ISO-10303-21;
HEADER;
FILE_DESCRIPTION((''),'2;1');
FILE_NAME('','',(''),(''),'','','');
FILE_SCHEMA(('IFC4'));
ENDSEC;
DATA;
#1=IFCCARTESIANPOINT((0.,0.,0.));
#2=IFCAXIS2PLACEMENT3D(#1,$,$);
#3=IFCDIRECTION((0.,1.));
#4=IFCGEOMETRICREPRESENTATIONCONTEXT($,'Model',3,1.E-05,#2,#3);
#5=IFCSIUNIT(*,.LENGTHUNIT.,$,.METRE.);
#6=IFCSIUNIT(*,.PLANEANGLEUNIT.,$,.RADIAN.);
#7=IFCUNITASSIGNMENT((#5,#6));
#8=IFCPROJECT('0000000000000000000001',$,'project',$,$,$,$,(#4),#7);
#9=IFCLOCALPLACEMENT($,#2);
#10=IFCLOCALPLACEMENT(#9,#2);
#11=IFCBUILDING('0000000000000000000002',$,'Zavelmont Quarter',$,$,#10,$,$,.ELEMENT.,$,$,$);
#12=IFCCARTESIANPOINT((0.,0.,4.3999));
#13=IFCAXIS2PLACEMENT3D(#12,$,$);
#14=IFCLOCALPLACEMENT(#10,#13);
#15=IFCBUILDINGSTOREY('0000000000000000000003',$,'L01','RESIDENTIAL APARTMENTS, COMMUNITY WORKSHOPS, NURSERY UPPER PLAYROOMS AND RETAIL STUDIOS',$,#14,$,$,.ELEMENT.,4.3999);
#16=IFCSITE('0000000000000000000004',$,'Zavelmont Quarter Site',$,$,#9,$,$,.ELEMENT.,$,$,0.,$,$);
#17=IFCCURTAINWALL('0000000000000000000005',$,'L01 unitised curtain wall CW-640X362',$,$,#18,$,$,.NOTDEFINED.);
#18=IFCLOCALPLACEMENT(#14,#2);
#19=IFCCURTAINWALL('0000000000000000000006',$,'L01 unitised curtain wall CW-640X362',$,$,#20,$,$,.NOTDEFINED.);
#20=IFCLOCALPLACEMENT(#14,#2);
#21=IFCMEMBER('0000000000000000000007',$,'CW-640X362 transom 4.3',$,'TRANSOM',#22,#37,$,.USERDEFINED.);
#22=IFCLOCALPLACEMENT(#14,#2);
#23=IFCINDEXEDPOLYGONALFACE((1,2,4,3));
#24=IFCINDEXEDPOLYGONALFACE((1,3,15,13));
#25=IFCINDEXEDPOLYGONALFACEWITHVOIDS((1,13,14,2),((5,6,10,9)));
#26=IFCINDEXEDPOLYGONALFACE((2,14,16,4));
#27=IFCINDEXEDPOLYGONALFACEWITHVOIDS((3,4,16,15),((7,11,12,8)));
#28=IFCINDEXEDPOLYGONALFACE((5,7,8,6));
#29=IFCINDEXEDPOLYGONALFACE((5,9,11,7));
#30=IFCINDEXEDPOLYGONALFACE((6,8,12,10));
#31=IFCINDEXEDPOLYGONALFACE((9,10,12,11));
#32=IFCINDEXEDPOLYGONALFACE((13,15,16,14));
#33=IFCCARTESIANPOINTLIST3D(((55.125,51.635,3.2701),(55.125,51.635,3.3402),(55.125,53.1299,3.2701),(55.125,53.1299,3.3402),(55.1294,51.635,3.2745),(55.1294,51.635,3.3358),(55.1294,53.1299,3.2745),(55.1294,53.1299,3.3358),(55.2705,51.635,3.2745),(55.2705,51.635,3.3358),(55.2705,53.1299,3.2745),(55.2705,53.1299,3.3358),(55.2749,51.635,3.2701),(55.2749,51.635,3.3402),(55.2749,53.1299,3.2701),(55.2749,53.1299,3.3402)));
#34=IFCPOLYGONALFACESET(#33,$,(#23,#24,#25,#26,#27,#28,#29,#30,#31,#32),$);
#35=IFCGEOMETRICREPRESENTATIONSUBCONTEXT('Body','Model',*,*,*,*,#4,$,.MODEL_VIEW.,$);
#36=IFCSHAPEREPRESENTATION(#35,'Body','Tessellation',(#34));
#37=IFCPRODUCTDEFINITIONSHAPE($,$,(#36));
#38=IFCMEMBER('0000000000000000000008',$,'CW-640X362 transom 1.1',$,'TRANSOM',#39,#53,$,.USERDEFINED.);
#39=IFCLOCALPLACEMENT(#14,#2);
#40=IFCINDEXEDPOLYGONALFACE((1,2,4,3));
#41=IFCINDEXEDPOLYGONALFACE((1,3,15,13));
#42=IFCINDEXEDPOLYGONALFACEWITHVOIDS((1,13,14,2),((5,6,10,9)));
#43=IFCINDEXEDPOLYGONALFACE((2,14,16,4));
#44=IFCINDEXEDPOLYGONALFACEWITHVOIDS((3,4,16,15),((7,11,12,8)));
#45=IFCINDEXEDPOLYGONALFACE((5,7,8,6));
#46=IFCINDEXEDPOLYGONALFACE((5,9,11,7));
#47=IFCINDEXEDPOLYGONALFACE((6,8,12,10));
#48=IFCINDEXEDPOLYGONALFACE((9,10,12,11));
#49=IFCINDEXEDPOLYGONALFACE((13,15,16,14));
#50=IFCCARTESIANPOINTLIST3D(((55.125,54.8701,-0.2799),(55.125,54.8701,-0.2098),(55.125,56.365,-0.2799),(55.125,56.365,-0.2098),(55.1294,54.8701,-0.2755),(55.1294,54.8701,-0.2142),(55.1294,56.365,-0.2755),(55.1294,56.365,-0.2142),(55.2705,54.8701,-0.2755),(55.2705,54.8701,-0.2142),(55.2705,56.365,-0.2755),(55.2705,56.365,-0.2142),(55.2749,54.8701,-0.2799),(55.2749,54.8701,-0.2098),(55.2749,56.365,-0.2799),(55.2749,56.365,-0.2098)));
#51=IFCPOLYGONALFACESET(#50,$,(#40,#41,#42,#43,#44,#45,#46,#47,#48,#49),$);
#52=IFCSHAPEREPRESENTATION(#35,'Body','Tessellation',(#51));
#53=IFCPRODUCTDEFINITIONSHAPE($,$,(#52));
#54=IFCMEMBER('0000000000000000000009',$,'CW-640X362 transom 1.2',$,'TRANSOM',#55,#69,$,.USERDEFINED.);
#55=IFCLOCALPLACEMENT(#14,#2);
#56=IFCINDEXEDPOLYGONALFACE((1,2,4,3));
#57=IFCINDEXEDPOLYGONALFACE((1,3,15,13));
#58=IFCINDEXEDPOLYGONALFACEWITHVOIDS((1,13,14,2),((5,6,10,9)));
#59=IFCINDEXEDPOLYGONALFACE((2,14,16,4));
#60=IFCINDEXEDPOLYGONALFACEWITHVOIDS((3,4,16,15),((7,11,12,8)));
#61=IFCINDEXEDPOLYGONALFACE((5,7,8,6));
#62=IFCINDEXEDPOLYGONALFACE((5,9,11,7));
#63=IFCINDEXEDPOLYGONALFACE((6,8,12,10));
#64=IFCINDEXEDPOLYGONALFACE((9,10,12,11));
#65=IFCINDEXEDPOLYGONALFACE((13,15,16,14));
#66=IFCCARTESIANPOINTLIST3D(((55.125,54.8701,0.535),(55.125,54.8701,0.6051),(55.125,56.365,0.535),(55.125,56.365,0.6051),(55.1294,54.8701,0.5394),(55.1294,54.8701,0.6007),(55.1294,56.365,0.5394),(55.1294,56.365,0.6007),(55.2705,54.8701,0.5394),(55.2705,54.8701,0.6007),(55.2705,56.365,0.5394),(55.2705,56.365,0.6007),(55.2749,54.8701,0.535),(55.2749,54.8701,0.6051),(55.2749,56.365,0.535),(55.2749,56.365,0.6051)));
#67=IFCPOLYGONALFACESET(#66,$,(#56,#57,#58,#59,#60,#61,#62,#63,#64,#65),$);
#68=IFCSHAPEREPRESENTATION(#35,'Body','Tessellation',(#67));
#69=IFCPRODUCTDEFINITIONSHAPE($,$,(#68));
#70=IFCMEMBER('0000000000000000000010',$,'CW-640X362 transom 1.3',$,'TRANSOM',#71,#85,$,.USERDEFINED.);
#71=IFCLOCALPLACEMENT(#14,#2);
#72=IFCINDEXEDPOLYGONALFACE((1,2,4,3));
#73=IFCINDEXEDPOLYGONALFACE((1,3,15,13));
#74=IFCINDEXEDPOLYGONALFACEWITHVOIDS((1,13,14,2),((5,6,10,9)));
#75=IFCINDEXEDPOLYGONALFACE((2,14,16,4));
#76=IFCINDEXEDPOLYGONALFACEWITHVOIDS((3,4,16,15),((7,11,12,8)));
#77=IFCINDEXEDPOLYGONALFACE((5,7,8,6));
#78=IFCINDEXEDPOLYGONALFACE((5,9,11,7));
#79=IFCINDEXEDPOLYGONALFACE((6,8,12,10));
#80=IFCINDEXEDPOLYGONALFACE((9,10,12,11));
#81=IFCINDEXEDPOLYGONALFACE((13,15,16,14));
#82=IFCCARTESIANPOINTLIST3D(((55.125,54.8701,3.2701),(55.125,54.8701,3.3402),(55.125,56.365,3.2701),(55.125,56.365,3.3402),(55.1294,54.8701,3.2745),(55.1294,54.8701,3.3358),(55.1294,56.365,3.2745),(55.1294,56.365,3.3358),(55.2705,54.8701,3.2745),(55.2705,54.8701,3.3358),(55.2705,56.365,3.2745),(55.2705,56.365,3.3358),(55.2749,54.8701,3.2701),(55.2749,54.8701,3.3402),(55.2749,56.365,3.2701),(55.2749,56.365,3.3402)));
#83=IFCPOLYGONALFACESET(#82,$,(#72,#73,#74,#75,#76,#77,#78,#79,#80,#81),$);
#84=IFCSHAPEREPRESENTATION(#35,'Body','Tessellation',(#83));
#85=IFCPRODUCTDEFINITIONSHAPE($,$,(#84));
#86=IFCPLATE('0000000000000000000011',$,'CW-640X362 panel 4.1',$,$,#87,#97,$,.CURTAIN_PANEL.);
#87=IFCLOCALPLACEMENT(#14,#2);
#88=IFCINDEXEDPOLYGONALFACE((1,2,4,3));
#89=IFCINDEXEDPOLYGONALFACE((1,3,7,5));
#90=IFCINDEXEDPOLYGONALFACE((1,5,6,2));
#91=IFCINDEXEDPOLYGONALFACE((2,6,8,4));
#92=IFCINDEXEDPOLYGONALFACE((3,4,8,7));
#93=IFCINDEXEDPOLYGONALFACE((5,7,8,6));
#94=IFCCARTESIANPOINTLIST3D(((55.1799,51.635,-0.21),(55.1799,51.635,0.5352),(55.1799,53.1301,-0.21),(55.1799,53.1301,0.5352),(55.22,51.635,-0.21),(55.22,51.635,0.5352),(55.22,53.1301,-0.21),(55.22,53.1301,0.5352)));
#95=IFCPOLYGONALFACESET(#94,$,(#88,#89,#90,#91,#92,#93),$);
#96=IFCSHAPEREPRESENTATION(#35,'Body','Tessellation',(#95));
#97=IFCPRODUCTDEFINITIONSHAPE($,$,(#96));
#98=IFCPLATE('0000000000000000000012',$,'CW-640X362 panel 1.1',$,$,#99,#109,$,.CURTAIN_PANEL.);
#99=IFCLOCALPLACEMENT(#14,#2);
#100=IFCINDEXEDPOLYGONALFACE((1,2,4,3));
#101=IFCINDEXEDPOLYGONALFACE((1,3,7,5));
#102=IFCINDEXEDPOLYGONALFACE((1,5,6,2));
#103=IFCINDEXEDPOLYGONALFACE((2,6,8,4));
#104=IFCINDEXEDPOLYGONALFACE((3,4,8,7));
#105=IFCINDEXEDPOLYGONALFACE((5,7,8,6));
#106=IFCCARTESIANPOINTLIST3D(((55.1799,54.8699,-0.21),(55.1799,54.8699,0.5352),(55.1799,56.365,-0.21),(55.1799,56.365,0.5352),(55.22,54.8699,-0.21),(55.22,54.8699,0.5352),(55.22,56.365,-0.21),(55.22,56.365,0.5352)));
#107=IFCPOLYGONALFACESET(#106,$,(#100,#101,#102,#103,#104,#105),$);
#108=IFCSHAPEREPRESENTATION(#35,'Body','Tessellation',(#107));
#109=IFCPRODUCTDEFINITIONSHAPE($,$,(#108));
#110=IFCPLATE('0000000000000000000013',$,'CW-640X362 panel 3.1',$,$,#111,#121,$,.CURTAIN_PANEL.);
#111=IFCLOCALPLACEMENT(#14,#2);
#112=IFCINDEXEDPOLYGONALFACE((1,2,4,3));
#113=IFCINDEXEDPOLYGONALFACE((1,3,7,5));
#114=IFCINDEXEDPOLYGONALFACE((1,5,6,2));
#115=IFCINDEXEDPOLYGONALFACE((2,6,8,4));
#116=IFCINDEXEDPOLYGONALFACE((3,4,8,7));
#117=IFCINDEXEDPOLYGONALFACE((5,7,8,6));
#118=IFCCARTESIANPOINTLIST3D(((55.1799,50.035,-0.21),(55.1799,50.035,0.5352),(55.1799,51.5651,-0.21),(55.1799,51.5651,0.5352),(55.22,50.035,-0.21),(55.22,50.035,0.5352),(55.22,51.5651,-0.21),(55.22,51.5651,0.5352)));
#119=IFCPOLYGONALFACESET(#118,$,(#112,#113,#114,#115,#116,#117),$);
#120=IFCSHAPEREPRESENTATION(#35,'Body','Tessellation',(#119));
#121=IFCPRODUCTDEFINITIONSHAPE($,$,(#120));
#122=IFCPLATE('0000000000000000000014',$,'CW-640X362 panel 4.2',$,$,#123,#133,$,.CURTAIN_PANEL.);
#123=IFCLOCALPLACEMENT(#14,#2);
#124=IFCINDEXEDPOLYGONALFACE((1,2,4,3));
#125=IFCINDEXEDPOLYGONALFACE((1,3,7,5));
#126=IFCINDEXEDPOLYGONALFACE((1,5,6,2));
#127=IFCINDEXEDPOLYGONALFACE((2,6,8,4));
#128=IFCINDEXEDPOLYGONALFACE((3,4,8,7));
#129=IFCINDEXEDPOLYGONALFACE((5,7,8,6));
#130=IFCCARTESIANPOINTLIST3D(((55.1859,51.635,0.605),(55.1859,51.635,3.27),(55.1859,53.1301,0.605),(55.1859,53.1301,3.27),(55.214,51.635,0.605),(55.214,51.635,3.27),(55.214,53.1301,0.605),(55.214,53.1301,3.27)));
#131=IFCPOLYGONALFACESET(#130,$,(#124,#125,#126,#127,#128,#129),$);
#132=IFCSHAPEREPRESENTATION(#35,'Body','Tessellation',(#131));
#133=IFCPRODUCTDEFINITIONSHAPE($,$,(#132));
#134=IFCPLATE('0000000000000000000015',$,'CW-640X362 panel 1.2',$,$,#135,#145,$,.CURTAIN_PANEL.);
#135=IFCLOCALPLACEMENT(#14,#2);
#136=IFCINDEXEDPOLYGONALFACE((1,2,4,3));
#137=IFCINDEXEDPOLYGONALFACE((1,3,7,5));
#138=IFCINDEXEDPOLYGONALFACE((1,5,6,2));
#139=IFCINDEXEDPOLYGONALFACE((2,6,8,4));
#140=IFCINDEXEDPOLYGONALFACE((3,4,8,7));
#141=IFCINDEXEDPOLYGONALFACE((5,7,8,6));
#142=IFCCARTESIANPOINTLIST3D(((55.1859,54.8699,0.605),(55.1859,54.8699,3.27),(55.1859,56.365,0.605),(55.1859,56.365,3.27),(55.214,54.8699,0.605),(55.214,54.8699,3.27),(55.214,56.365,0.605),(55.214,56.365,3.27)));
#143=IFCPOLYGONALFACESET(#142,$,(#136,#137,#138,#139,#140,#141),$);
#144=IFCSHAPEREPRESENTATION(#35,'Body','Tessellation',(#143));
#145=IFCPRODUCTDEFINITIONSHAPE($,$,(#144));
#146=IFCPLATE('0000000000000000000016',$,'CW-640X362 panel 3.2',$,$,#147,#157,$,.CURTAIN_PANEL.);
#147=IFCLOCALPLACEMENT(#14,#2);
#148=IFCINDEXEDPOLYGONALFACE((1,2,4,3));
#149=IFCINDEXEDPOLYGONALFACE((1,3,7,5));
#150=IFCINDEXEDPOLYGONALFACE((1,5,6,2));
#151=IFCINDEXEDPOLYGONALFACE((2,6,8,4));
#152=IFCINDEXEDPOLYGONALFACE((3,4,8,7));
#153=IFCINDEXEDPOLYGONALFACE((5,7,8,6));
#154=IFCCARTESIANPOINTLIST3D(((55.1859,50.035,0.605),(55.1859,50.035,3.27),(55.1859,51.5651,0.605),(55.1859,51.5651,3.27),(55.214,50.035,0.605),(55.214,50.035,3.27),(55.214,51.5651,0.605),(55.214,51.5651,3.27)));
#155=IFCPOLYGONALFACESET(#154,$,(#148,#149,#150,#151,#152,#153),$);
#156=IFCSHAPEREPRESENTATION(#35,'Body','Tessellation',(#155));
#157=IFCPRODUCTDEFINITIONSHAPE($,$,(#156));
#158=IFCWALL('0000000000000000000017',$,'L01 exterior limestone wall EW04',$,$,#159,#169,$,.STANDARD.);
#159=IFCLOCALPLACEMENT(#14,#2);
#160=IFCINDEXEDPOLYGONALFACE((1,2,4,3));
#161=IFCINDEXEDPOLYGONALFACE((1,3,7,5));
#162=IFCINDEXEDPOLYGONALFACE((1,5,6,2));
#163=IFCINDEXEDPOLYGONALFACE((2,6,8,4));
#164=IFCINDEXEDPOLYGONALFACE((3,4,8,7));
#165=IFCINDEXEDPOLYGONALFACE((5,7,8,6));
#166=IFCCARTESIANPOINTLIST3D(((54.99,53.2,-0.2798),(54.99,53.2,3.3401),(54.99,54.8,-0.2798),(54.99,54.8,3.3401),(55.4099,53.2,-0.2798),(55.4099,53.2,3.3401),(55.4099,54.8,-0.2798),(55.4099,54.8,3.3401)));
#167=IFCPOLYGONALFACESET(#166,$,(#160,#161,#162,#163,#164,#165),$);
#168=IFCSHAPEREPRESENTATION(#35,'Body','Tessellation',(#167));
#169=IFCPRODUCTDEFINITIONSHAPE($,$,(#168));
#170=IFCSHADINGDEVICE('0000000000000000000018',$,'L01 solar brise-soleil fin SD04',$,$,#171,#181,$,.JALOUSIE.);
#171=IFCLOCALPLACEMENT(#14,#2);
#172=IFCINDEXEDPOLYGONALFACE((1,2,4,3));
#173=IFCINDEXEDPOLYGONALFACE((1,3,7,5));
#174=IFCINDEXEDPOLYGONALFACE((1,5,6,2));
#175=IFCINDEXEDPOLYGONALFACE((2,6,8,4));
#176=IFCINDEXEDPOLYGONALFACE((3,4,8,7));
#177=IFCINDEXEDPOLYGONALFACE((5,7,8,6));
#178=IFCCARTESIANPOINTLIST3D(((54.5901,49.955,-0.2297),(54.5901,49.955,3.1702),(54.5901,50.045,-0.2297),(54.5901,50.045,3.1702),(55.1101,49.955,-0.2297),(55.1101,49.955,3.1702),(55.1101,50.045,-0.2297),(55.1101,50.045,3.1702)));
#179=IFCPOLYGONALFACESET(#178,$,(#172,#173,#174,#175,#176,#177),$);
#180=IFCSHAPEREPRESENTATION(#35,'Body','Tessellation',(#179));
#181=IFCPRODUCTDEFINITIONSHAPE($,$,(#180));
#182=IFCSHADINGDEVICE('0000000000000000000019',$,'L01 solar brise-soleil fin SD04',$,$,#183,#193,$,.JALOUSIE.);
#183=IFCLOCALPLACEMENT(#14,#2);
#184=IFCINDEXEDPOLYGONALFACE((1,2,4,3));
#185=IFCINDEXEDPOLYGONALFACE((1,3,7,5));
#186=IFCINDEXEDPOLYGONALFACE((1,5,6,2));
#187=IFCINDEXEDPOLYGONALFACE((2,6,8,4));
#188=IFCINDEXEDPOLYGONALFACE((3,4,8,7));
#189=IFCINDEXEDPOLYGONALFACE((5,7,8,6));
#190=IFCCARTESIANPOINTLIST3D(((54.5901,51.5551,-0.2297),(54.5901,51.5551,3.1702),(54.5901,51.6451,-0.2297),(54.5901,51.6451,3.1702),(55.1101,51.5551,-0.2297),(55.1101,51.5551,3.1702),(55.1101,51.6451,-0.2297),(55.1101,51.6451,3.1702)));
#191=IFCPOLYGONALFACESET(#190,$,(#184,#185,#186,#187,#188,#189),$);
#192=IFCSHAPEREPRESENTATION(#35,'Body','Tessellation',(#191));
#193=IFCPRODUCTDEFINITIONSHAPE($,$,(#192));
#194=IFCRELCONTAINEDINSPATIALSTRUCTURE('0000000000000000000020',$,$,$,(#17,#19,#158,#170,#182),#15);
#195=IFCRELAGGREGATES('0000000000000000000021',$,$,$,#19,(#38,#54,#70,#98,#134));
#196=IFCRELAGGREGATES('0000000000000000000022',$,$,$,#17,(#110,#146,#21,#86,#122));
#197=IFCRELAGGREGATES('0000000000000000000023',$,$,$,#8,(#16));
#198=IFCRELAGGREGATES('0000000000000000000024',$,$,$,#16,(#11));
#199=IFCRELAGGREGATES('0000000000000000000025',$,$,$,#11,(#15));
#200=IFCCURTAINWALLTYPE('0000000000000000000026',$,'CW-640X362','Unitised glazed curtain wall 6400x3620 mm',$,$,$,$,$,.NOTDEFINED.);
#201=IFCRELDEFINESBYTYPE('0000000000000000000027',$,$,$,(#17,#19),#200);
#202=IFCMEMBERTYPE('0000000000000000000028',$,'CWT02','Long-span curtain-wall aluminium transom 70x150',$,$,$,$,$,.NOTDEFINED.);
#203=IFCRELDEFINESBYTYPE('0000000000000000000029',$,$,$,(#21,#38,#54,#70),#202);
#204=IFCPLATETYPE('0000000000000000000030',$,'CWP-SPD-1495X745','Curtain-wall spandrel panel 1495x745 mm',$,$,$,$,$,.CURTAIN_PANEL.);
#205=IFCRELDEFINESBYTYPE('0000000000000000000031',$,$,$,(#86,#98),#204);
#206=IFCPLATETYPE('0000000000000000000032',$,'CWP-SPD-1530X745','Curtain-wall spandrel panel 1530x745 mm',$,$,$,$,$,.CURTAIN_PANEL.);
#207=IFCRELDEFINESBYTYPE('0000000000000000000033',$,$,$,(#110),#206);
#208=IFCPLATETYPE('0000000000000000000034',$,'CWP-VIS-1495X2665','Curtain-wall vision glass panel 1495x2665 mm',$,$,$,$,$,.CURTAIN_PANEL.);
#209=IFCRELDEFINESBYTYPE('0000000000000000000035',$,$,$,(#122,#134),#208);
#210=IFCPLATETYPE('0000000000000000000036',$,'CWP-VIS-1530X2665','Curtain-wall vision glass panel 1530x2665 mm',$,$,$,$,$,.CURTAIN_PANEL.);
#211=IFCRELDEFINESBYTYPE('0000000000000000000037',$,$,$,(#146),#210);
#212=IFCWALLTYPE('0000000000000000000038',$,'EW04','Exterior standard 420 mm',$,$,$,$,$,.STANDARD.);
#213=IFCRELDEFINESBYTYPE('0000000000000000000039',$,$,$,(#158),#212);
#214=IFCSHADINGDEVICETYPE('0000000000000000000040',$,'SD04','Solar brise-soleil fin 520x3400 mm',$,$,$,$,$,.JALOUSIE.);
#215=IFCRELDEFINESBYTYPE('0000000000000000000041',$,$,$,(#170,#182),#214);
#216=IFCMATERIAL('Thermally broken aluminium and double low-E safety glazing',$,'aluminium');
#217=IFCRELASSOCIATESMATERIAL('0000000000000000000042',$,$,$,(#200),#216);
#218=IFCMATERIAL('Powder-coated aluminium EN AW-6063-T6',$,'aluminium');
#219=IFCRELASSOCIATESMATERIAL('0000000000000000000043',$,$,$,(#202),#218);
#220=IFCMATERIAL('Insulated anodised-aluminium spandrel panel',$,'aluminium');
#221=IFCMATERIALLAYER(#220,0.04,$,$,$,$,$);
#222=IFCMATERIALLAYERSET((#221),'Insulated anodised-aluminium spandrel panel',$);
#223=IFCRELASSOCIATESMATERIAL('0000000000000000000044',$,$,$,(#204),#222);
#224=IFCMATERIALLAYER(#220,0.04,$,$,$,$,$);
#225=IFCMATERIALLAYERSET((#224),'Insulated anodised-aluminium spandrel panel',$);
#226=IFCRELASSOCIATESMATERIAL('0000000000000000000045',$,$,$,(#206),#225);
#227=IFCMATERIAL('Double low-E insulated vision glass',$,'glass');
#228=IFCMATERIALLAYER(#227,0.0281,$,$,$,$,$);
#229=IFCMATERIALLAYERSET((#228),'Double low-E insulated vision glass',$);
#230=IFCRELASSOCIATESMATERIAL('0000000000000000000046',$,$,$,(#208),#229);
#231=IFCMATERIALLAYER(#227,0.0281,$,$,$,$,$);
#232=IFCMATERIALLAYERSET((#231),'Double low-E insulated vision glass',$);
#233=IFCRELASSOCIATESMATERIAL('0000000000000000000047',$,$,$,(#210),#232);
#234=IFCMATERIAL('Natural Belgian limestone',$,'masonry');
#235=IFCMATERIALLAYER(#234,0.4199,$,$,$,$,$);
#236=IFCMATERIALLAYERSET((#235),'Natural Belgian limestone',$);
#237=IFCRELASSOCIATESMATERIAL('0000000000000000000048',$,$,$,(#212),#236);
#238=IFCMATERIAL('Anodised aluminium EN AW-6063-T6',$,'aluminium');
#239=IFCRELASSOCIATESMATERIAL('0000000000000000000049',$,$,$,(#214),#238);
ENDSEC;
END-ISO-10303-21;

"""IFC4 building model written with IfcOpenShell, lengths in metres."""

from ifc_helpers import new_model, si_unit, direction, frame, frame_2d, origin, origin_2d, place, context, subcontext, project, spatial, rectangle, hollow_rectangle, extrude, material, layer, layer_set, material_profile, profile_set, type_object, element, aggregate, save


model = new_model("IFC4")

# Units and contexts
model_context = context("Model", 3, precision=1e-05, world=origin(), true_north=direction((0.0, 1.0)))
body_context = subcontext(model_context, "Body", "Model", "MODEL_VIEW")
ifc_project = project(units=[si_unit("LENGTHUNIT", "METRE"), si_unit("PLANEANGLEUNIT", "RADIAN")], contexts=[model_context])

# Site, building, storey
site_placement = place(None, origin())
site = spatial("IfcSite", under=ifc_project, at=site_placement, Name="Zavelmont Quarter Site", CompositionType="ELEMENT", RefElevation=0.0)
building_placement = place(site_placement, origin())
building = spatial("IfcBuilding", under=site, at=building_placement, Name="Zavelmont Quarter", CompositionType="ELEMENT")
storey_placement = place(building_placement, frame((0.0, 0.0, 4.3999)))
storey = spatial("IfcBuildingStorey", under=building, at=storey_placement, Name="L01", Description="RESIDENTIAL APARTMENTS, COMMUNITY WORKSHOPS, NURSERY UPPER PLAYROOMS AND RETAIL STUDIOS", CompositionType="ELEMENT", Elevation=4.3999)

# Curtain wall
ifc_material_1 = material(Name="Thermally broken aluminium and double low-E safety glazing", Category="aluminium")
curtain_wall_type = type_object("IfcCurtainWallType", Name="CW-640X362", Description="Unitised glazed curtain wall 6400x3620 mm", PredefinedType="NOTDEFINED", material=ifc_material_1)
curtain_wall_1_placement = place(storey_placement, origin())
curtain_wall_1 = element("IfcCurtainWall", 1, at=curtain_wall_1_placement, inside=storey, type_object=curtain_wall_type, Name="L01 unitised curtain wall CW-640X362", PredefinedType="NOTDEFINED")
ifc_material_2 = material(Name="Powder-coated aluminium EN AW-6063-T6", Category="aluminium")

# Curtain wall
curtain_wall_2_placement = place(storey_placement, origin())
curtain_wall_2 = element("IfcCurtainWall", 2, at=curtain_wall_2_placement, inside=storey, type_object=curtain_wall_type, Name="L01 unitised curtain wall CW-640X362", PredefinedType="NOTDEFINED")

# Members
ifc_material_profile_1 = material_profile(ifc_material_2, hollow_rectangle(XDim=0.1499, YDim=0.0701, WallThickness=0.0044, at=origin_2d()), Name="CWT70X150")
ifc_profile_set_1 = profile_set([ifc_material_profile_1], Name="Powder-coated aluminium EN AW-6063-T6")
member_type_1 = type_object("IfcMemberType", Name="CWT02", Description="Long-span curtain-wall aluminium transom 70x150", PredefinedType="NOTDEFINED", material=ifc_profile_set_1)
member_1_placement = place(storey_placement, frame((55.2, 51.635, 3.3052), z_axis=(0.0, 1.0, 0.0), x_axis=(-1.0, 0.0, 0.0)))
member_1 = element("IfcMember", 3, at=member_1_placement, type_object=member_type_1, Name="CW-640X362 transom 4.3", ObjectType="TRANSOM", PredefinedType="USERDEFINED", context=body_context, shape_type="SweptSolid", body=[
    extrude(hollow_rectangle(XDim=0.1499, YDim=0.0701, WallThickness=0.0044, at=origin_2d()), origin(), (0.0, 0.0, 1.0), 1.4949),
])
member_2_placement = place(storey_placement, frame((55.2, 54.8701, -0.2449), z_axis=(0.0, 1.0, 0.0), x_axis=(-1.0, 0.0, 0.0)))
member_2 = element("IfcMember", 4, at=member_2_placement, type_object=member_type_1, Name="CW-640X362 transom 1.1", ObjectType="TRANSOM", PredefinedType="USERDEFINED", context=body_context, shape_type="SweptSolid", body=[
    extrude(hollow_rectangle(XDim=0.1499, YDim=0.0701, WallThickness=0.0044, at=origin_2d()), origin(), (0.0, 0.0, 1.0), 1.4949),
])
member_3_placement = place(storey_placement, frame((55.2, 54.8701, 0.5701), z_axis=(0.0, 1.0, 0.0), x_axis=(-1.0, 0.0, 0.0)))
member_3 = element("IfcMember", 5, at=member_3_placement, type_object=member_type_1, Name="CW-640X362 transom 1.2", ObjectType="TRANSOM", PredefinedType="USERDEFINED", context=body_context, shape_type="SweptSolid", body=[
    extrude(hollow_rectangle(XDim=0.1499, YDim=0.0701, WallThickness=0.0044, at=origin_2d()), origin(), (0.0, 0.0, 1.0), 1.4949),
])
member_4_placement = place(storey_placement, frame((55.2, 54.8701, 3.3052), z_axis=(0.0, 1.0, 0.0), x_axis=(-1.0, 0.0, 0.0)))
member_4 = element("IfcMember", 6, at=member_4_placement, type_object=member_type_1, Name="CW-640X362 transom 1.3", ObjectType="TRANSOM", PredefinedType="USERDEFINED", context=body_context, shape_type="SweptSolid", body=[
    extrude(hollow_rectangle(XDim=0.1499, YDim=0.0701, WallThickness=0.0044, at=origin_2d()), origin(), (0.0, 0.0, 1.0), 1.4949),
])

# Plates
ifc_material_3 = material(Name="Insulated anodised-aluminium spandrel panel", Category="aluminium")
ifc_layer_1 = layer(ifc_material_3, 0.04)
ifc_layer_set_1 = layer_set([ifc_layer_1], Name="Insulated anodised-aluminium spandrel panel")
plate_type_1 = type_object("IfcPlateType", Name="CWP-SPD-1495X745", Description="Curtain-wall spandrel panel 1495x745 mm", PredefinedType="CURTAIN_PANEL", material=ifc_layer_set_1)
plate_1_placement = place(storey_placement, frame((55.2, 52.3826, -0.21), z_axis=(0.0, 0.0, 1.0), x_axis=(0.0, 1.0, 0.0)))
plate_1 = element("IfcPlate", 7, at=plate_1_placement, type_object=plate_type_1, Name="CW-640X362 panel 4.1", PredefinedType="CURTAIN_PANEL", context=body_context, shape_type="SweptSolid", body=[
    extrude(rectangle(XDim=1.4951, YDim=0.04, at=origin_2d()), origin(), (0.0, 0.0, 1.0), 0.7451),
])
plate_2_placement = place(storey_placement, frame((55.2, 55.6174, -0.21), z_axis=(0.0, 0.0, 1.0), x_axis=(0.0, 1.0, 0.0)))
plate_2 = element("IfcPlate", 8, at=plate_2_placement, type_object=plate_type_1, Name="CW-640X362 panel 1.1", PredefinedType="CURTAIN_PANEL", context=body_context, shape_type="SweptSolid", body=[
    extrude(rectangle(XDim=1.4951, YDim=0.04, at=origin_2d()), origin(), (0.0, 0.0, 1.0), 0.7451),
])
ifc_layer_2 = layer(ifc_material_3, 0.04)
ifc_layer_set_2 = layer_set([ifc_layer_2], Name="Insulated anodised-aluminium spandrel panel")
plate_type_2 = type_object("IfcPlateType", Name="CWP-SPD-1530X745", Description="Curtain-wall spandrel panel 1530x745 mm", PredefinedType="CURTAIN_PANEL", material=ifc_layer_set_2)
plate_3_placement = place(storey_placement, frame((55.2, 50.8, -0.21), z_axis=(0.0, 0.0, 1.0), x_axis=(0.0, 1.0, 0.0)))
plate_3 = element("IfcPlate", 9, at=plate_3_placement, type_object=plate_type_2, Name="CW-640X362 panel 3.1", PredefinedType="CURTAIN_PANEL", context=body_context, shape_type="SweptSolid", body=[
    extrude(rectangle(XDim=1.53, YDim=0.04, at=origin_2d()), origin(), (0.0, 0.0, 1.0), 0.7451),
])
ifc_material_4 = material(Name="Double low-E insulated vision glass", Category="glass")
ifc_layer_3 = layer(ifc_material_4, 0.0281)
ifc_layer_set_3 = layer_set([ifc_layer_3], Name="Double low-E insulated vision glass")
plate_type_3 = type_object("IfcPlateType", Name="CWP-VIS-1495X2665", Description="Curtain-wall vision glass panel 1495x2665 mm", PredefinedType="CURTAIN_PANEL", material=ifc_layer_set_3)
plate_4_placement = place(storey_placement, frame((55.2, 52.3826, 0.605), z_axis=(0.0, 0.0, 1.0), x_axis=(0.0, 1.0, 0.0)))
plate_4 = element("IfcPlate", 10, at=plate_4_placement, type_object=plate_type_3, Name="CW-640X362 panel 4.2", PredefinedType="CURTAIN_PANEL", context=body_context, shape_type="SweptSolid", body=[
    extrude(rectangle(XDim=1.4951, YDim=0.0281, at=origin_2d()), origin(), (0.0, 0.0, 1.0), 2.665),
])
plate_5_placement = place(storey_placement, frame((55.2, 55.6174, 0.605), z_axis=(0.0, 0.0, 1.0), x_axis=(0.0, 1.0, 0.0)))
plate_5 = element("IfcPlate", 11, at=plate_5_placement, type_object=plate_type_3, Name="CW-640X362 panel 1.2", PredefinedType="CURTAIN_PANEL", context=body_context, shape_type="SweptSolid", body=[
    extrude(rectangle(XDim=1.4951, YDim=0.0281, at=origin_2d()), origin(), (0.0, 0.0, 1.0), 2.665),
])
aggregate(curtain_wall_2, [member_2, member_3, member_4, plate_2, plate_5])
ifc_layer_4 = layer(ifc_material_4, 0.0281)
ifc_layer_set_4 = layer_set([ifc_layer_4], Name="Double low-E insulated vision glass")
plate_type_4 = type_object("IfcPlateType", Name="CWP-VIS-1530X2665", Description="Curtain-wall vision glass panel 1530x2665 mm", PredefinedType="CURTAIN_PANEL", material=ifc_layer_set_4)
plate_6_placement = place(storey_placement, frame((55.2, 50.8, 0.605), z_axis=(0.0, 0.0, 1.0), x_axis=(0.0, 1.0, 0.0)))
plate_6 = element("IfcPlate", 12, at=plate_6_placement, type_object=plate_type_4, Name="CW-640X362 panel 3.2", PredefinedType="CURTAIN_PANEL", context=body_context, shape_type="SweptSolid", body=[
    extrude(rectangle(XDim=1.53, YDim=0.0281, at=origin_2d()), origin(), (0.0, 0.0, 1.0), 2.665),
])
aggregate(curtain_wall_1, [plate_3, plate_6, member_1, plate_1, plate_4])

# Wall
ifc_material_5 = material(Name="Natural Belgian limestone", Category="masonry")
ifc_layer_5 = layer(ifc_material_5, 0.4199)
ifc_layer_set_5 = layer_set([ifc_layer_5], Name="Natural Belgian limestone")
wall_type = type_object("IfcWallType", Name="EW04", Description="Exterior standard 420 mm", PredefinedType="STANDARD", material=ifc_layer_set_5)
wall_placement = place(storey_placement, frame((55.2, 53.2, -0.2798), z_axis=(0.0, 0.0, 1.0), x_axis=(0.0, 1.0, 0.0)))
element("IfcWall", 13, at=wall_placement, inside=storey, type_object=wall_type, Name="L01 exterior limestone wall EW04", PredefinedType="STANDARD", context=body_context, shape_type="SweptSolid", body=[
    extrude(rectangle(XDim=1.6001, YDim=0.4199, at=frame_2d((0.8, 0.0))), origin(), (0.0, 0.0, 1.0), 3.6199),
])

# Shading devices
ifc_material_6 = material(Name="Anodised aluminium EN AW-6063-T6", Category="aluminium")
shading_device_type = type_object("IfcShadingDeviceType", Name="SD04", Description="Solar brise-soleil fin 520x3400 mm", PredefinedType="JALOUSIE", material=ifc_material_6)
for number, where, z_axis, x_axis, name in (
    (14, (54.8501, 50.0, -0.2297), (0.0, 0.0, 1.0), (0.0, 1.0, 0.0), "L01 solar brise-soleil fin SD04"),
    (15, (54.8501, 51.6001, -0.2297), (0.0, 0.0, 1.0), (0.0, 1.0, 0.0), "L01 solar brise-soleil fin SD04"),
):
    element("IfcShadingDevice", number, at=place(storey_placement, frame(where, z_axis=z_axis, x_axis=x_axis)), inside=storey, type_object=shading_device_type, Name=name, PredefinedType="JALOUSIE", context=body_context, shape_type="SweptSolid", body=[
        extrude(rectangle(XDim=0.0901, YDim=0.52, at=origin_2d()), origin(), (0.0, 0.0, 1.0), 3.3999),
    ])

save(model, "model.ifc")
